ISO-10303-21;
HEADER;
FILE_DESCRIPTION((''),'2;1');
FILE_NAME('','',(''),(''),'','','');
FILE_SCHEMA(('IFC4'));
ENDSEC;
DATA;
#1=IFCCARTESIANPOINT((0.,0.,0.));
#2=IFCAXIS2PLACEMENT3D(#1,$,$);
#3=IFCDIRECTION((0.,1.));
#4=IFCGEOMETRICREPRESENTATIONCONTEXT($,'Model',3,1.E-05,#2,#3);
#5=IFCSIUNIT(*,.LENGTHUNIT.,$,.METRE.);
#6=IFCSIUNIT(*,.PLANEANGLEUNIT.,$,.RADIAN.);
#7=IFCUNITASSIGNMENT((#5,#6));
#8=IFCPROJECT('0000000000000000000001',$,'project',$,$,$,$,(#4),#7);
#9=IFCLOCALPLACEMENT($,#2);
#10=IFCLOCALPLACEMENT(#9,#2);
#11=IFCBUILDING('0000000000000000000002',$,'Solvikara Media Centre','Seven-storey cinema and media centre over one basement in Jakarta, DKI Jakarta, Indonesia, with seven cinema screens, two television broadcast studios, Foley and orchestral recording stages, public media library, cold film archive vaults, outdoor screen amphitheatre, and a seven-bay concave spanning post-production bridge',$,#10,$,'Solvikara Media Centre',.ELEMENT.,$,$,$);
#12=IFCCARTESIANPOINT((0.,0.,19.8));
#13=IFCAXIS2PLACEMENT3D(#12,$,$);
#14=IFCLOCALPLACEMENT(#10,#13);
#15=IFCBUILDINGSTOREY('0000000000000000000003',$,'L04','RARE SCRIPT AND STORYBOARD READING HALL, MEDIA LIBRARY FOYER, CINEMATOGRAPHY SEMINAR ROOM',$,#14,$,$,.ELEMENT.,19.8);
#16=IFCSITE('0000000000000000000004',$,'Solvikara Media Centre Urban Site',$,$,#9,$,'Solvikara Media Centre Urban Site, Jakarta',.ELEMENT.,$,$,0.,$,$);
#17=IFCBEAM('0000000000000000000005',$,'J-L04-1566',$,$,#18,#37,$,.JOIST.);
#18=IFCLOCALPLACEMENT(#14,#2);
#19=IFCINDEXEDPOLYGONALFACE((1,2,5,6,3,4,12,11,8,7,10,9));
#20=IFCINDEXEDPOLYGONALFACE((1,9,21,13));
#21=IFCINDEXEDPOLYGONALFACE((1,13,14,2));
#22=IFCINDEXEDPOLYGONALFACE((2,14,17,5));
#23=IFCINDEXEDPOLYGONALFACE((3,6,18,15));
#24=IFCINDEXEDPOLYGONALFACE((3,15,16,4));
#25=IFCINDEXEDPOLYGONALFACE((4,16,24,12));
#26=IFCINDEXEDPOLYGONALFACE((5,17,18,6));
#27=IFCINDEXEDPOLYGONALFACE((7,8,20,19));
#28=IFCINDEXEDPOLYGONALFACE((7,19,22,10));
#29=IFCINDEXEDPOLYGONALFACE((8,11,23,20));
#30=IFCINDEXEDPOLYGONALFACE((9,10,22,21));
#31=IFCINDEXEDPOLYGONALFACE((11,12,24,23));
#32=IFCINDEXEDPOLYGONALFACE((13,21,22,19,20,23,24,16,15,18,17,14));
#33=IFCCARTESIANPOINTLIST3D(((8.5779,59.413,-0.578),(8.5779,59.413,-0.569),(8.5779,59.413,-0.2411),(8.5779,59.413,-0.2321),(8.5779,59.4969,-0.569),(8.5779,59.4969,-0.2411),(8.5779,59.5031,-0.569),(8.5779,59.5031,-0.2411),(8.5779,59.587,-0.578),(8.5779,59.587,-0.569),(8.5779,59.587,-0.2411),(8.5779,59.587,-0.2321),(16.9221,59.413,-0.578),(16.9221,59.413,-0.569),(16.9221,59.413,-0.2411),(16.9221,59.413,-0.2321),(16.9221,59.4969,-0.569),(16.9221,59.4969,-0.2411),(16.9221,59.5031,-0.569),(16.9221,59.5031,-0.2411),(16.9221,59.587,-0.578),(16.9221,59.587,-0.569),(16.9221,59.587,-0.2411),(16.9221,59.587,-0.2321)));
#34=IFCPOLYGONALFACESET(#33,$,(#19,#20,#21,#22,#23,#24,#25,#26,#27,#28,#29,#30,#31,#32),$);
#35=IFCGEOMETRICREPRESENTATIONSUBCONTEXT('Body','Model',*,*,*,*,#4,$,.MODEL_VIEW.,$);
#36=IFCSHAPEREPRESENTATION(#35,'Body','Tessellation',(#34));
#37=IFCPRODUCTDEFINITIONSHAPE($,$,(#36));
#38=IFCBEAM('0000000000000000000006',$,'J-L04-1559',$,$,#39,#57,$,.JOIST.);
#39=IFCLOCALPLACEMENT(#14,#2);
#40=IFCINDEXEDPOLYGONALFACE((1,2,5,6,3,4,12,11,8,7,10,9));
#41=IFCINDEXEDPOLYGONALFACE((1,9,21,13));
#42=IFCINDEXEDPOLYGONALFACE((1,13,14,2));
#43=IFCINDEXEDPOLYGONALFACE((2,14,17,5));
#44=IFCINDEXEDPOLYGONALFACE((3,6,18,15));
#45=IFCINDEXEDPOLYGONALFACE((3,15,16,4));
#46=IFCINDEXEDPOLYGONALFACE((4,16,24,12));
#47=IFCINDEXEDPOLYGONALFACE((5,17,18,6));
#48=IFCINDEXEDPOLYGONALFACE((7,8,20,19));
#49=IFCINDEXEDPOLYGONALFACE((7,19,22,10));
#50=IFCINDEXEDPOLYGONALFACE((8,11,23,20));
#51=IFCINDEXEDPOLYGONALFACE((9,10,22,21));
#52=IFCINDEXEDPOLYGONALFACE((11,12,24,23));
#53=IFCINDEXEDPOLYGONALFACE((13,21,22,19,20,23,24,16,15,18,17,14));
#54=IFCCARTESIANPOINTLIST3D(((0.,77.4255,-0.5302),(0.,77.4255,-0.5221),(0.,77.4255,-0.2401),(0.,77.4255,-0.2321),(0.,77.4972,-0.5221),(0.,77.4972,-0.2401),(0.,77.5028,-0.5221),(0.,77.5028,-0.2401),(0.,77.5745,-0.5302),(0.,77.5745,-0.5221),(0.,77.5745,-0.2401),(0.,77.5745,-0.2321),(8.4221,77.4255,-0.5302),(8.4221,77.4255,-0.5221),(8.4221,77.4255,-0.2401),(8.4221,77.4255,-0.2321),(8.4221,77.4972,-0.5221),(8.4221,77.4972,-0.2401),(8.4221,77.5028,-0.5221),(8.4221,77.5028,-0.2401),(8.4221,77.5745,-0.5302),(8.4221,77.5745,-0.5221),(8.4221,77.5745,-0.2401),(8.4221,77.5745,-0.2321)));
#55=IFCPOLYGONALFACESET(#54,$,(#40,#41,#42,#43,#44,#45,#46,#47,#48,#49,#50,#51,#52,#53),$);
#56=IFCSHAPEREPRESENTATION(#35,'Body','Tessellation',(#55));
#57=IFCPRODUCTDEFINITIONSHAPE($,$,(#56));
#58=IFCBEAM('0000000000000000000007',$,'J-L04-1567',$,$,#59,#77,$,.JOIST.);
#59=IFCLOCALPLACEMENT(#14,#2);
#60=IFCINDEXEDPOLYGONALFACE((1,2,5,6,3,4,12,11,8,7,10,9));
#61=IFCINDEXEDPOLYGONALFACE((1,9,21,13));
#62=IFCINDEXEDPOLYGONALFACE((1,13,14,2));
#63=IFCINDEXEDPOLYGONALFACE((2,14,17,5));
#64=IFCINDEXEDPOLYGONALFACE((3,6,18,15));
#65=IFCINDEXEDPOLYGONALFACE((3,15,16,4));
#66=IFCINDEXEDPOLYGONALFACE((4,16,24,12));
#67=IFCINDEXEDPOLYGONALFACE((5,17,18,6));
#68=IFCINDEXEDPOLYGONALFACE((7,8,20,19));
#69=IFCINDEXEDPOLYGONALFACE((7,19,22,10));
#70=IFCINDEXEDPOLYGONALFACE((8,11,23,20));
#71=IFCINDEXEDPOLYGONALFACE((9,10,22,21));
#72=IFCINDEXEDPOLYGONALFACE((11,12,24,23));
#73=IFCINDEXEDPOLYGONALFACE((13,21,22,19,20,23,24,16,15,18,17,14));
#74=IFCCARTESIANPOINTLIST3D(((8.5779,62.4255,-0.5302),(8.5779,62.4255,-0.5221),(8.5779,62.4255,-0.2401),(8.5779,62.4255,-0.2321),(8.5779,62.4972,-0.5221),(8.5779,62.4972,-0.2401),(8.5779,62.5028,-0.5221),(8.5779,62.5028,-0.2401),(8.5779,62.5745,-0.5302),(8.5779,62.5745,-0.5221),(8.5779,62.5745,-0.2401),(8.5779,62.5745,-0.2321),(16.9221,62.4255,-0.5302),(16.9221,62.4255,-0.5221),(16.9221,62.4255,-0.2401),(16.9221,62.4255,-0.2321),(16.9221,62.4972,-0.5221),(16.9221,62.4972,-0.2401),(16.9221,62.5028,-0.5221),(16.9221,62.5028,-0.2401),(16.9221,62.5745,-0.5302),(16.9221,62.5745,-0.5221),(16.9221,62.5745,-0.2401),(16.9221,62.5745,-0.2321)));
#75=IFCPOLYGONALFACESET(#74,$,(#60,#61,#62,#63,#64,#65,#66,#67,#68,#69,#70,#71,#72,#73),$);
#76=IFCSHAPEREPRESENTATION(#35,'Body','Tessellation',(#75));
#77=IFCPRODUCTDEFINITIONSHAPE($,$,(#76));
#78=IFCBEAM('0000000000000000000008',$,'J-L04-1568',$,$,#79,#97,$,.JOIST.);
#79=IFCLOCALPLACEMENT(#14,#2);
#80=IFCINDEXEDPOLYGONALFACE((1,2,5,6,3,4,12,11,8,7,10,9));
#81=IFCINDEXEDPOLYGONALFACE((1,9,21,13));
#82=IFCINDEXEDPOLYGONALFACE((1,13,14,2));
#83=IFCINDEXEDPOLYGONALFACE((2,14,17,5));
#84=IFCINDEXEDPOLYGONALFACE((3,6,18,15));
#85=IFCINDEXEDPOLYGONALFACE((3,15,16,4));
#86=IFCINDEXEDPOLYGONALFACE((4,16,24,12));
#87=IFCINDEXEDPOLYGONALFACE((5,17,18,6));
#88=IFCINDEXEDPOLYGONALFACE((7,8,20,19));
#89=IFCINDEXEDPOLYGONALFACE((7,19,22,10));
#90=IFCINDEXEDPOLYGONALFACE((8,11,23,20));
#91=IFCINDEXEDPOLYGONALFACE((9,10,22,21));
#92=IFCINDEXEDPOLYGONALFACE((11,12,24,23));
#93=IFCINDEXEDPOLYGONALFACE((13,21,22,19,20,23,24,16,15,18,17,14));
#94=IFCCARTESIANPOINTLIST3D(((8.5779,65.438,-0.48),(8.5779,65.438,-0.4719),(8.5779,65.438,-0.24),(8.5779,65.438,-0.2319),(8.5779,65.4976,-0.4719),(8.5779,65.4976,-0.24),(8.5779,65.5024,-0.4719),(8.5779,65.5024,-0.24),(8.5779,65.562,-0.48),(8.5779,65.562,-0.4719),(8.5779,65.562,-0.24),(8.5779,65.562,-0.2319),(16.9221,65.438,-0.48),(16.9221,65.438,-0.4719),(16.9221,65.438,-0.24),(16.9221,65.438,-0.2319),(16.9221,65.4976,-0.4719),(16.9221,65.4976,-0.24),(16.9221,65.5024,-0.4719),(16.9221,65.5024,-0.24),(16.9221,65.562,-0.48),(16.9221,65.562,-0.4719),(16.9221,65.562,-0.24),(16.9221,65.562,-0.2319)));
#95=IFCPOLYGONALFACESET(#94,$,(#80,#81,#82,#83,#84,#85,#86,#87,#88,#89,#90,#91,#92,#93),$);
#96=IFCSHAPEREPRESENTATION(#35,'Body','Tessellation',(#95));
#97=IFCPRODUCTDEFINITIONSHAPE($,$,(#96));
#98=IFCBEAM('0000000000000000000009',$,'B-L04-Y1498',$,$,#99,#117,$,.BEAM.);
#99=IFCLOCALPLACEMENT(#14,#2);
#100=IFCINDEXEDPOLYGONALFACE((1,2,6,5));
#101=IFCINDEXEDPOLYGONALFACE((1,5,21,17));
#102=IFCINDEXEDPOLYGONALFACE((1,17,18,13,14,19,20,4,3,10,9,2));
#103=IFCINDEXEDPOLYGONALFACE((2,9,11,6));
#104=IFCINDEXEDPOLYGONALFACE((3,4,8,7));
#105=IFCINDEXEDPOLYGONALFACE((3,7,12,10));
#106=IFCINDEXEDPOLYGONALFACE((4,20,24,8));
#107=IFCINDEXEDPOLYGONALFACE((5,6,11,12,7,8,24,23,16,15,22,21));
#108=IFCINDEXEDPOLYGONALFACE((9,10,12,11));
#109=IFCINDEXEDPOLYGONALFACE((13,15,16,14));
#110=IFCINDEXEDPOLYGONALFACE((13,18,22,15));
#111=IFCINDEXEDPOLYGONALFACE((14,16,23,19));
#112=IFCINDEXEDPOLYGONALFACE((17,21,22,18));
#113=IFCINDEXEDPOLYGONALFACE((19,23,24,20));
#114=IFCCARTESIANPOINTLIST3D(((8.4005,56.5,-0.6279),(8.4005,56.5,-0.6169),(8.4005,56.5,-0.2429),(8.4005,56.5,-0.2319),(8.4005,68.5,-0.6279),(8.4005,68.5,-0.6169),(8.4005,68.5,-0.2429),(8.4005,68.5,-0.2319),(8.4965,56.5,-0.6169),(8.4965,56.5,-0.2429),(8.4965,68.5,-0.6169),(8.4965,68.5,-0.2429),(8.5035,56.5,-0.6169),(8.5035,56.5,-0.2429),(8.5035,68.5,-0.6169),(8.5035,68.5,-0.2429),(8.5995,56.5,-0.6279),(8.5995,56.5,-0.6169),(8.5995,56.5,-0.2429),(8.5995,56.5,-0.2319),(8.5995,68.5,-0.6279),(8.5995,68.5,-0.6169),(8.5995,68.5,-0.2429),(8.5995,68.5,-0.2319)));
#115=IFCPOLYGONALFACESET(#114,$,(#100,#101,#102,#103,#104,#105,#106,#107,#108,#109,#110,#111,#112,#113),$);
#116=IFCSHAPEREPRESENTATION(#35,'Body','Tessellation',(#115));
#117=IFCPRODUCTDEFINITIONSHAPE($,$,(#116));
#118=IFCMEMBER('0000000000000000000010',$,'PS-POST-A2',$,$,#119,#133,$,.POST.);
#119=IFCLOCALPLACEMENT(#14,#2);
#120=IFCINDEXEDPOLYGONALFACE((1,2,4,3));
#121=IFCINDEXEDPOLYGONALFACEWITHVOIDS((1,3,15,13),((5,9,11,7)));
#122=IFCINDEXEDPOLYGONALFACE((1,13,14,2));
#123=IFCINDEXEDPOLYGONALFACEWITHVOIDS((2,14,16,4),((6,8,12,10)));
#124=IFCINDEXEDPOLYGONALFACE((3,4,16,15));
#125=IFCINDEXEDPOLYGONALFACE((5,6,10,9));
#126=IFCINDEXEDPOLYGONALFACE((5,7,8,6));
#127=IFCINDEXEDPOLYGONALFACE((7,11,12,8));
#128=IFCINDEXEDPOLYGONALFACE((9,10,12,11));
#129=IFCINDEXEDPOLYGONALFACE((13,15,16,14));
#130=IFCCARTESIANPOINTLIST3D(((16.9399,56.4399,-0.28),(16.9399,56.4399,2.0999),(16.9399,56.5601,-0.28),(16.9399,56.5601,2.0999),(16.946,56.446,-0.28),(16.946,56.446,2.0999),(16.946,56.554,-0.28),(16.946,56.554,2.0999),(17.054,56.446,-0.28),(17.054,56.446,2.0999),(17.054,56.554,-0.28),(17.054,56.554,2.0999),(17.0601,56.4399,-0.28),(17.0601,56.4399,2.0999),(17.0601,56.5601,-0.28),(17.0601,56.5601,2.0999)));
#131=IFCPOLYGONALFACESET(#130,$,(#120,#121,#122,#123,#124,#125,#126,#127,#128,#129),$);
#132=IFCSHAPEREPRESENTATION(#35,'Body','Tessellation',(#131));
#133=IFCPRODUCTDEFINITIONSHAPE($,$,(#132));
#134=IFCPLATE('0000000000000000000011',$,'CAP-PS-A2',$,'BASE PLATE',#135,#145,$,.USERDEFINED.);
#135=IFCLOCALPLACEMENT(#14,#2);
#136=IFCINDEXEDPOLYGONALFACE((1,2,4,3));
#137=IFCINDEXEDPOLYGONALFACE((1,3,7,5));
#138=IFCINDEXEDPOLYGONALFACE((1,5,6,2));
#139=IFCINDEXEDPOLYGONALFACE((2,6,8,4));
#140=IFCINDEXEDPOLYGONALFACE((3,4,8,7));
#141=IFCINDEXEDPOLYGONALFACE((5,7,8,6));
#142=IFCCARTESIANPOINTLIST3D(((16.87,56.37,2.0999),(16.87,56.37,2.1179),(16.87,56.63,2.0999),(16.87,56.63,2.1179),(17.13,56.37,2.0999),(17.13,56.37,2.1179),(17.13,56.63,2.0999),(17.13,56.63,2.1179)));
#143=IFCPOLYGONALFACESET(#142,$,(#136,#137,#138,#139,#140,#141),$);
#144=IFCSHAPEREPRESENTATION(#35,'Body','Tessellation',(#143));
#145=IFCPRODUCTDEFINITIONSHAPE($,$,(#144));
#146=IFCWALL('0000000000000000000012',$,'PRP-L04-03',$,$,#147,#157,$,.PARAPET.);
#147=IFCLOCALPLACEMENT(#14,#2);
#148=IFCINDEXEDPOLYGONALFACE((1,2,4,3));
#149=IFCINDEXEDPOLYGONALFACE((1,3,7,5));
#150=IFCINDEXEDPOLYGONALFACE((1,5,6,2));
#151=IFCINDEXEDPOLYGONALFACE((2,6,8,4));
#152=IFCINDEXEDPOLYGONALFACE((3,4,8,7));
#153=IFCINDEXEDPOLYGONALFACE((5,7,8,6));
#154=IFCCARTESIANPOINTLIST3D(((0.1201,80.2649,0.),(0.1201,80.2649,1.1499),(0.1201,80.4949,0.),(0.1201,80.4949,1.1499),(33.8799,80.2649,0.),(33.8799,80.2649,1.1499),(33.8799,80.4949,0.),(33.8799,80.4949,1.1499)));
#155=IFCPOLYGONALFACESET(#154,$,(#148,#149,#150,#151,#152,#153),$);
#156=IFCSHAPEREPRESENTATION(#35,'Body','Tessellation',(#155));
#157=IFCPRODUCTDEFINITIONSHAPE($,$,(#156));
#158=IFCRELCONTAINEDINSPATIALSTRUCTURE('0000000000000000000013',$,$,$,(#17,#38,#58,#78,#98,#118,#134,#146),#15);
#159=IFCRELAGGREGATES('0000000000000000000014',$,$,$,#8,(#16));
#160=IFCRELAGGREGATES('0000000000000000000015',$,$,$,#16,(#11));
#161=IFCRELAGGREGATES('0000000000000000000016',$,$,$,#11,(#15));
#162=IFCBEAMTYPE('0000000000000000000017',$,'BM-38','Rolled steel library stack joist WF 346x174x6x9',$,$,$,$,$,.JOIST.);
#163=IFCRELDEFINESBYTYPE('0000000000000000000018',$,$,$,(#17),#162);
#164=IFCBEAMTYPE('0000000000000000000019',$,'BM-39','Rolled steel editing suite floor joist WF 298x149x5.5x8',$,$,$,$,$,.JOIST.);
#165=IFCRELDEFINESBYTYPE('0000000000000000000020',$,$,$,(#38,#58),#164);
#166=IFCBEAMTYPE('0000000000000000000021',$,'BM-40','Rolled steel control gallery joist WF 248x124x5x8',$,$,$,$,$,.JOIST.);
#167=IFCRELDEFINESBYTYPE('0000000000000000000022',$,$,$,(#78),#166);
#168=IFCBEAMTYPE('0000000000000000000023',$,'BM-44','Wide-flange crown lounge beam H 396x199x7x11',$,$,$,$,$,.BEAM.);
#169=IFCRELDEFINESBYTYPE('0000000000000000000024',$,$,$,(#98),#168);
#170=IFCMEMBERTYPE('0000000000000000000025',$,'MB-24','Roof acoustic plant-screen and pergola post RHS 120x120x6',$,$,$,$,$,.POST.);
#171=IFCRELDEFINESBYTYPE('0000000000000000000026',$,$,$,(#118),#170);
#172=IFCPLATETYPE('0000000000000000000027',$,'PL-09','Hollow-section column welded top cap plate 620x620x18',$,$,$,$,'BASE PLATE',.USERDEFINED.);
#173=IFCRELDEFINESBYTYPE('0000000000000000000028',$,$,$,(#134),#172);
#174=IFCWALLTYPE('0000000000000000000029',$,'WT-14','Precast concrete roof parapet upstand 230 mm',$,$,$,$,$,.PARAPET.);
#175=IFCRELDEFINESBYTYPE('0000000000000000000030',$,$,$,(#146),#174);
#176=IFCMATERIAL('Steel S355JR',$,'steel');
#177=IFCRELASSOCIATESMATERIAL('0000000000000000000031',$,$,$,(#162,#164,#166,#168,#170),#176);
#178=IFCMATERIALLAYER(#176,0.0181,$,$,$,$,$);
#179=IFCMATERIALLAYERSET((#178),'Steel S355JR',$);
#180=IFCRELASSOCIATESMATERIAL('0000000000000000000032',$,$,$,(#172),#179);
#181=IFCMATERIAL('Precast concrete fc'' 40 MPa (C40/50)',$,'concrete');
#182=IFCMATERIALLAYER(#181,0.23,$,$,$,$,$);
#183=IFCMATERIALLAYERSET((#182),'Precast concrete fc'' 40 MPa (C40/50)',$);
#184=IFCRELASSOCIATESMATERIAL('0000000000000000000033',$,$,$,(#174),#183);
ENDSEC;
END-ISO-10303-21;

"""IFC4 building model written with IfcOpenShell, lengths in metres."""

from ifc_helpers import new_model, si_unit, direction, frame, frame_2d, origin, origin_2d, place, context, subcontext, project, spatial, rectangle, hollow_rectangle, i_section, extrude, material, layer, layer_set, material_profile, profile_set, type_object, element, save


model = new_model("IFC4")

# Units and contexts
model_context = context("Model", 3, precision=1e-05, world=origin(), true_north=direction((0.0, 1.0)))
body_context = subcontext(model_context, "Body", "Model", "MODEL_VIEW")
ifc_project = project(units=[si_unit("LENGTHUNIT", "METRE"), si_unit("PLANEANGLEUNIT", "RADIAN")], contexts=[model_context])

# Site, building, storey
site_placement = place(None, origin())
site = spatial("IfcSite", under=ifc_project, at=site_placement, Name="Solvikara Media Centre Urban Site", LongName="Solvikara Media Centre Urban Site, Jakarta", CompositionType="ELEMENT", RefElevation=0.0)
building_placement = place(site_placement, origin())
building = spatial("IfcBuilding", under=site, at=building_placement, Name="Solvikara Media Centre", Description="Seven-storey cinema and media centre over one basement in Jakarta, DKI Jakarta, Indonesia, with seven cinema screens, two television broadcast studios, Foley and orchestral recording stages, public media library, cold film archive vaults, outdoor screen amphitheatre, and a seven-bay concave spanning post-production bridge", LongName="Solvikara Media Centre", CompositionType="ELEMENT")
storey_placement = place(building_placement, frame((0.0, 0.0, 19.8)))
storey = spatial("IfcBuildingStorey", under=building, at=storey_placement, Name="L04", Description="RARE SCRIPT AND STORYBOARD READING HALL, MEDIA LIBRARY FOYER, CINEMATOGRAPHY SEMINAR ROOM", CompositionType="ELEMENT", Elevation=19.8)

# Beams
ifc_material_1 = material(Name="Steel S355JR", Category="steel")
ifc_material_profile_1 = material_profile(ifc_material_1, i_section(OverallWidth=0.1741, OverallDepth=0.3459, WebThickness=0.0061, FlangeThickness=0.009, at=origin_2d()), Name="WF 346x174x6x9")
ifc_profile_set_1 = profile_set([ifc_material_profile_1], Name="Steel S355JR")
beam_type_1 = type_object("IfcBeamType", Name="BM-38", Description="Rolled steel library stack joist WF 346x174x6x9", PredefinedType="JOIST", material=ifc_profile_set_1)
beam_1_placement = place(storey_placement, frame((8.5779, 59.5, -0.405), z_axis=(1.0, 0.0, 0.0), x_axis=(0.0, 1.0, 0.0)))
element("IfcBeam", 1, at=beam_1_placement, inside=storey, type_object=beam_type_1, Name="J-L04-1566", PredefinedType="JOIST", context=body_context, shape_type="SweptSolid", body=[
    extrude(i_section(OverallWidth=0.1741, OverallDepth=0.3459, WebThickness=0.0061, FlangeThickness=0.009, at=origin_2d()), origin(), (0.0, 0.0, 1.0), 8.3442),
])
ifc_material_profile_2 = material_profile(ifc_material_1, i_section(OverallWidth=0.1489, OverallDepth=0.2981, WebThickness=0.0056, FlangeThickness=0.0081, at=origin_2d()), Name="WF 298x149x5.5x8")
ifc_profile_set_2 = profile_set([ifc_material_profile_2], Name="Steel S355JR")
beam_type_2 = type_object("IfcBeamType", Name="BM-39", Description="Rolled steel editing suite floor joist WF 298x149x5.5x8", PredefinedType="JOIST", material=ifc_profile_set_2)
beam_2_placement = place(storey_placement, frame((0.0, 77.5, -0.3811), z_axis=(1.0, 0.0, 0.0), x_axis=(0.0, 1.0, 0.0)))
element("IfcBeam", 2, at=beam_2_placement, inside=storey, type_object=beam_type_2, Name="J-L04-1559", PredefinedType="JOIST", context=body_context, shape_type="SweptSolid", body=[
    extrude(i_section(OverallWidth=0.1489, OverallDepth=0.2981, WebThickness=0.0056, FlangeThickness=0.0081, at=origin_2d()), origin(), (0.0, 0.0, 1.0), 8.4221),
])
beam_3_placement = place(storey_placement, frame((8.5779, 62.5, -0.3811), z_axis=(1.0, 0.0, 0.0), x_axis=(0.0, 1.0, 0.0)))
element("IfcBeam", 3, at=beam_3_placement, inside=storey, type_object=beam_type_2, Name="J-L04-1567", PredefinedType="JOIST", context=body_context, shape_type="SweptSolid", body=[
    extrude(i_section(OverallWidth=0.1489, OverallDepth=0.2981, WebThickness=0.0056, FlangeThickness=0.0081, at=origin_2d()), origin(), (0.0, 0.0, 1.0), 8.3442),
])
ifc_material_profile_3 = material_profile(ifc_material_1, i_section(OverallWidth=0.124, OverallDepth=0.248, WebThickness=0.0049, FlangeThickness=0.0081, at=origin_2d()), Name="WF 248x124x5x8")
ifc_profile_set_3 = profile_set([ifc_material_profile_3], Name="Steel S355JR")
beam_type_3 = type_object("IfcBeamType", Name="BM-40", Description="Rolled steel control gallery joist WF 248x124x5x8", PredefinedType="JOIST", material=ifc_profile_set_3)
beam_4_placement = place(storey_placement, frame((8.5779, 65.5, -0.356), z_axis=(1.0, 0.0, 0.0), x_axis=(0.0, 1.0, 0.0)))
element("IfcBeam", 4, at=beam_4_placement, inside=storey, type_object=beam_type_3, Name="J-L04-1568", PredefinedType="JOIST", context=body_context, shape_type="SweptSolid", body=[
    extrude(i_section(OverallWidth=0.124, OverallDepth=0.248, WebThickness=0.0049, FlangeThickness=0.0081, at=origin_2d()), origin(), (0.0, 0.0, 1.0), 8.3442),
])
ifc_material_profile_4 = material_profile(ifc_material_1, i_section(OverallWidth=0.199, OverallDepth=0.396, WebThickness=0.0071, FlangeThickness=0.011, at=origin_2d()), Name="H 396x199x7x11")
ifc_profile_set_4 = profile_set([ifc_material_profile_4], Name="Steel S355JR")
beam_type_4 = type_object("IfcBeamType", Name="BM-44", Description="Wide-flange crown lounge beam H 396x199x7x11", PredefinedType="BEAM", material=ifc_profile_set_4)
beam_5_placement = place(storey_placement, frame((8.5, 56.5, -0.4299), z_axis=(0.0, 1.0, 0.0), x_axis=(-1.0, 0.0, 0.0)))
element("IfcBeam", 5, at=beam_5_placement, inside=storey, type_object=beam_type_4, Name="B-L04-Y1498", PredefinedType="BEAM", context=body_context, shape_type="SweptSolid", body=[
    extrude(i_section(OverallWidth=0.199, OverallDepth=0.396, WebThickness=0.0071, FlangeThickness=0.011, at=origin_2d()), origin(), (0.0, 0.0, 1.0), 12.0),
])

# Member
ifc_material_profile_5 = material_profile(ifc_material_1, hollow_rectangle(XDim=0.1201, YDim=0.1201, WallThickness=0.0061, at=origin_2d()), Name="RHS 120x120x6")
ifc_profile_set_5 = profile_set([ifc_material_profile_5], Name="Steel S355JR")
member_type = type_object("IfcMemberType", Name="MB-24", Description="Roof acoustic plant-screen and pergola post RHS 120x120x6", PredefinedType="POST", material=ifc_profile_set_5)
member_placement = place(storey_placement, frame((17.0, 56.5, -0.28), z_axis=(0.0, 0.0, 1.0), x_axis=(1.0, 0.0, 0.0)))
element("IfcMember", 6, at=member_placement, inside=storey, type_object=member_type, Name="PS-POST-A2", PredefinedType="POST", context=body_context, shape_type="SweptSolid", body=[
    extrude(hollow_rectangle(XDim=0.1201, YDim=0.1201, WallThickness=0.0061, at=origin_2d()), origin(), (0.0, 0.0, 1.0), 2.3799),
])

# Plate
ifc_layer_1 = layer(ifc_material_1, 0.0181)
ifc_layer_set_1 = layer_set([ifc_layer_1], Name="Steel S355JR")
plate_type = type_object("IfcPlateType", Name="PL-09", Description="Hollow-section column welded top cap plate 620x620x18", ElementType="BASE PLATE", PredefinedType="USERDEFINED", material=ifc_layer_set_1)
plate_placement = place(storey_placement, frame((17.0, 56.5, 2.0999), z_axis=(0.0, 0.0, 1.0), x_axis=(1.0, 0.0, 0.0)))
element("IfcPlate", 7, at=plate_placement, inside=storey, type_object=plate_type, Name="CAP-PS-A2", ObjectType="BASE PLATE", PredefinedType="USERDEFINED", context=body_context, shape_type="SweptSolid", body=[
    extrude(rectangle(XDim=0.26, YDim=0.26, at=origin_2d()), origin(), (0.0, 0.0, 1.0), 0.0181),
])

# Wall
ifc_material_2 = material(Name="Precast concrete fc' 40 MPa (C40/50)", Category="concrete")
ifc_layer_2 = layer(ifc_material_2, 0.23)
ifc_layer_set_2 = layer_set([ifc_layer_2], Name="Precast concrete fc' 40 MPa (C40/50)")
wall_type = type_object("IfcWallType", Name="WT-14", Description="Precast concrete roof parapet upstand 230 mm", PredefinedType="PARAPET", material=ifc_layer_set_2)
wall_placement = place(storey_placement, frame((0.1201, 80.3799, 0.0), z_axis=(0.0, 0.0, 1.0), x_axis=(1.0, 0.0, 0.0)))
element("IfcWall", 8, at=wall_placement, inside=storey, type_object=wall_type, Name="PRP-L04-03", PredefinedType="PARAPET", context=body_context, shape_type="SweptSolid", body=[
    extrude(rectangle(XDim=33.7598, YDim=0.23, at=frame_2d((16.8799, 0.0))), origin(), (0.0, 0.0, 1.0), 1.1499),
])

save(model, "model.ifc")
